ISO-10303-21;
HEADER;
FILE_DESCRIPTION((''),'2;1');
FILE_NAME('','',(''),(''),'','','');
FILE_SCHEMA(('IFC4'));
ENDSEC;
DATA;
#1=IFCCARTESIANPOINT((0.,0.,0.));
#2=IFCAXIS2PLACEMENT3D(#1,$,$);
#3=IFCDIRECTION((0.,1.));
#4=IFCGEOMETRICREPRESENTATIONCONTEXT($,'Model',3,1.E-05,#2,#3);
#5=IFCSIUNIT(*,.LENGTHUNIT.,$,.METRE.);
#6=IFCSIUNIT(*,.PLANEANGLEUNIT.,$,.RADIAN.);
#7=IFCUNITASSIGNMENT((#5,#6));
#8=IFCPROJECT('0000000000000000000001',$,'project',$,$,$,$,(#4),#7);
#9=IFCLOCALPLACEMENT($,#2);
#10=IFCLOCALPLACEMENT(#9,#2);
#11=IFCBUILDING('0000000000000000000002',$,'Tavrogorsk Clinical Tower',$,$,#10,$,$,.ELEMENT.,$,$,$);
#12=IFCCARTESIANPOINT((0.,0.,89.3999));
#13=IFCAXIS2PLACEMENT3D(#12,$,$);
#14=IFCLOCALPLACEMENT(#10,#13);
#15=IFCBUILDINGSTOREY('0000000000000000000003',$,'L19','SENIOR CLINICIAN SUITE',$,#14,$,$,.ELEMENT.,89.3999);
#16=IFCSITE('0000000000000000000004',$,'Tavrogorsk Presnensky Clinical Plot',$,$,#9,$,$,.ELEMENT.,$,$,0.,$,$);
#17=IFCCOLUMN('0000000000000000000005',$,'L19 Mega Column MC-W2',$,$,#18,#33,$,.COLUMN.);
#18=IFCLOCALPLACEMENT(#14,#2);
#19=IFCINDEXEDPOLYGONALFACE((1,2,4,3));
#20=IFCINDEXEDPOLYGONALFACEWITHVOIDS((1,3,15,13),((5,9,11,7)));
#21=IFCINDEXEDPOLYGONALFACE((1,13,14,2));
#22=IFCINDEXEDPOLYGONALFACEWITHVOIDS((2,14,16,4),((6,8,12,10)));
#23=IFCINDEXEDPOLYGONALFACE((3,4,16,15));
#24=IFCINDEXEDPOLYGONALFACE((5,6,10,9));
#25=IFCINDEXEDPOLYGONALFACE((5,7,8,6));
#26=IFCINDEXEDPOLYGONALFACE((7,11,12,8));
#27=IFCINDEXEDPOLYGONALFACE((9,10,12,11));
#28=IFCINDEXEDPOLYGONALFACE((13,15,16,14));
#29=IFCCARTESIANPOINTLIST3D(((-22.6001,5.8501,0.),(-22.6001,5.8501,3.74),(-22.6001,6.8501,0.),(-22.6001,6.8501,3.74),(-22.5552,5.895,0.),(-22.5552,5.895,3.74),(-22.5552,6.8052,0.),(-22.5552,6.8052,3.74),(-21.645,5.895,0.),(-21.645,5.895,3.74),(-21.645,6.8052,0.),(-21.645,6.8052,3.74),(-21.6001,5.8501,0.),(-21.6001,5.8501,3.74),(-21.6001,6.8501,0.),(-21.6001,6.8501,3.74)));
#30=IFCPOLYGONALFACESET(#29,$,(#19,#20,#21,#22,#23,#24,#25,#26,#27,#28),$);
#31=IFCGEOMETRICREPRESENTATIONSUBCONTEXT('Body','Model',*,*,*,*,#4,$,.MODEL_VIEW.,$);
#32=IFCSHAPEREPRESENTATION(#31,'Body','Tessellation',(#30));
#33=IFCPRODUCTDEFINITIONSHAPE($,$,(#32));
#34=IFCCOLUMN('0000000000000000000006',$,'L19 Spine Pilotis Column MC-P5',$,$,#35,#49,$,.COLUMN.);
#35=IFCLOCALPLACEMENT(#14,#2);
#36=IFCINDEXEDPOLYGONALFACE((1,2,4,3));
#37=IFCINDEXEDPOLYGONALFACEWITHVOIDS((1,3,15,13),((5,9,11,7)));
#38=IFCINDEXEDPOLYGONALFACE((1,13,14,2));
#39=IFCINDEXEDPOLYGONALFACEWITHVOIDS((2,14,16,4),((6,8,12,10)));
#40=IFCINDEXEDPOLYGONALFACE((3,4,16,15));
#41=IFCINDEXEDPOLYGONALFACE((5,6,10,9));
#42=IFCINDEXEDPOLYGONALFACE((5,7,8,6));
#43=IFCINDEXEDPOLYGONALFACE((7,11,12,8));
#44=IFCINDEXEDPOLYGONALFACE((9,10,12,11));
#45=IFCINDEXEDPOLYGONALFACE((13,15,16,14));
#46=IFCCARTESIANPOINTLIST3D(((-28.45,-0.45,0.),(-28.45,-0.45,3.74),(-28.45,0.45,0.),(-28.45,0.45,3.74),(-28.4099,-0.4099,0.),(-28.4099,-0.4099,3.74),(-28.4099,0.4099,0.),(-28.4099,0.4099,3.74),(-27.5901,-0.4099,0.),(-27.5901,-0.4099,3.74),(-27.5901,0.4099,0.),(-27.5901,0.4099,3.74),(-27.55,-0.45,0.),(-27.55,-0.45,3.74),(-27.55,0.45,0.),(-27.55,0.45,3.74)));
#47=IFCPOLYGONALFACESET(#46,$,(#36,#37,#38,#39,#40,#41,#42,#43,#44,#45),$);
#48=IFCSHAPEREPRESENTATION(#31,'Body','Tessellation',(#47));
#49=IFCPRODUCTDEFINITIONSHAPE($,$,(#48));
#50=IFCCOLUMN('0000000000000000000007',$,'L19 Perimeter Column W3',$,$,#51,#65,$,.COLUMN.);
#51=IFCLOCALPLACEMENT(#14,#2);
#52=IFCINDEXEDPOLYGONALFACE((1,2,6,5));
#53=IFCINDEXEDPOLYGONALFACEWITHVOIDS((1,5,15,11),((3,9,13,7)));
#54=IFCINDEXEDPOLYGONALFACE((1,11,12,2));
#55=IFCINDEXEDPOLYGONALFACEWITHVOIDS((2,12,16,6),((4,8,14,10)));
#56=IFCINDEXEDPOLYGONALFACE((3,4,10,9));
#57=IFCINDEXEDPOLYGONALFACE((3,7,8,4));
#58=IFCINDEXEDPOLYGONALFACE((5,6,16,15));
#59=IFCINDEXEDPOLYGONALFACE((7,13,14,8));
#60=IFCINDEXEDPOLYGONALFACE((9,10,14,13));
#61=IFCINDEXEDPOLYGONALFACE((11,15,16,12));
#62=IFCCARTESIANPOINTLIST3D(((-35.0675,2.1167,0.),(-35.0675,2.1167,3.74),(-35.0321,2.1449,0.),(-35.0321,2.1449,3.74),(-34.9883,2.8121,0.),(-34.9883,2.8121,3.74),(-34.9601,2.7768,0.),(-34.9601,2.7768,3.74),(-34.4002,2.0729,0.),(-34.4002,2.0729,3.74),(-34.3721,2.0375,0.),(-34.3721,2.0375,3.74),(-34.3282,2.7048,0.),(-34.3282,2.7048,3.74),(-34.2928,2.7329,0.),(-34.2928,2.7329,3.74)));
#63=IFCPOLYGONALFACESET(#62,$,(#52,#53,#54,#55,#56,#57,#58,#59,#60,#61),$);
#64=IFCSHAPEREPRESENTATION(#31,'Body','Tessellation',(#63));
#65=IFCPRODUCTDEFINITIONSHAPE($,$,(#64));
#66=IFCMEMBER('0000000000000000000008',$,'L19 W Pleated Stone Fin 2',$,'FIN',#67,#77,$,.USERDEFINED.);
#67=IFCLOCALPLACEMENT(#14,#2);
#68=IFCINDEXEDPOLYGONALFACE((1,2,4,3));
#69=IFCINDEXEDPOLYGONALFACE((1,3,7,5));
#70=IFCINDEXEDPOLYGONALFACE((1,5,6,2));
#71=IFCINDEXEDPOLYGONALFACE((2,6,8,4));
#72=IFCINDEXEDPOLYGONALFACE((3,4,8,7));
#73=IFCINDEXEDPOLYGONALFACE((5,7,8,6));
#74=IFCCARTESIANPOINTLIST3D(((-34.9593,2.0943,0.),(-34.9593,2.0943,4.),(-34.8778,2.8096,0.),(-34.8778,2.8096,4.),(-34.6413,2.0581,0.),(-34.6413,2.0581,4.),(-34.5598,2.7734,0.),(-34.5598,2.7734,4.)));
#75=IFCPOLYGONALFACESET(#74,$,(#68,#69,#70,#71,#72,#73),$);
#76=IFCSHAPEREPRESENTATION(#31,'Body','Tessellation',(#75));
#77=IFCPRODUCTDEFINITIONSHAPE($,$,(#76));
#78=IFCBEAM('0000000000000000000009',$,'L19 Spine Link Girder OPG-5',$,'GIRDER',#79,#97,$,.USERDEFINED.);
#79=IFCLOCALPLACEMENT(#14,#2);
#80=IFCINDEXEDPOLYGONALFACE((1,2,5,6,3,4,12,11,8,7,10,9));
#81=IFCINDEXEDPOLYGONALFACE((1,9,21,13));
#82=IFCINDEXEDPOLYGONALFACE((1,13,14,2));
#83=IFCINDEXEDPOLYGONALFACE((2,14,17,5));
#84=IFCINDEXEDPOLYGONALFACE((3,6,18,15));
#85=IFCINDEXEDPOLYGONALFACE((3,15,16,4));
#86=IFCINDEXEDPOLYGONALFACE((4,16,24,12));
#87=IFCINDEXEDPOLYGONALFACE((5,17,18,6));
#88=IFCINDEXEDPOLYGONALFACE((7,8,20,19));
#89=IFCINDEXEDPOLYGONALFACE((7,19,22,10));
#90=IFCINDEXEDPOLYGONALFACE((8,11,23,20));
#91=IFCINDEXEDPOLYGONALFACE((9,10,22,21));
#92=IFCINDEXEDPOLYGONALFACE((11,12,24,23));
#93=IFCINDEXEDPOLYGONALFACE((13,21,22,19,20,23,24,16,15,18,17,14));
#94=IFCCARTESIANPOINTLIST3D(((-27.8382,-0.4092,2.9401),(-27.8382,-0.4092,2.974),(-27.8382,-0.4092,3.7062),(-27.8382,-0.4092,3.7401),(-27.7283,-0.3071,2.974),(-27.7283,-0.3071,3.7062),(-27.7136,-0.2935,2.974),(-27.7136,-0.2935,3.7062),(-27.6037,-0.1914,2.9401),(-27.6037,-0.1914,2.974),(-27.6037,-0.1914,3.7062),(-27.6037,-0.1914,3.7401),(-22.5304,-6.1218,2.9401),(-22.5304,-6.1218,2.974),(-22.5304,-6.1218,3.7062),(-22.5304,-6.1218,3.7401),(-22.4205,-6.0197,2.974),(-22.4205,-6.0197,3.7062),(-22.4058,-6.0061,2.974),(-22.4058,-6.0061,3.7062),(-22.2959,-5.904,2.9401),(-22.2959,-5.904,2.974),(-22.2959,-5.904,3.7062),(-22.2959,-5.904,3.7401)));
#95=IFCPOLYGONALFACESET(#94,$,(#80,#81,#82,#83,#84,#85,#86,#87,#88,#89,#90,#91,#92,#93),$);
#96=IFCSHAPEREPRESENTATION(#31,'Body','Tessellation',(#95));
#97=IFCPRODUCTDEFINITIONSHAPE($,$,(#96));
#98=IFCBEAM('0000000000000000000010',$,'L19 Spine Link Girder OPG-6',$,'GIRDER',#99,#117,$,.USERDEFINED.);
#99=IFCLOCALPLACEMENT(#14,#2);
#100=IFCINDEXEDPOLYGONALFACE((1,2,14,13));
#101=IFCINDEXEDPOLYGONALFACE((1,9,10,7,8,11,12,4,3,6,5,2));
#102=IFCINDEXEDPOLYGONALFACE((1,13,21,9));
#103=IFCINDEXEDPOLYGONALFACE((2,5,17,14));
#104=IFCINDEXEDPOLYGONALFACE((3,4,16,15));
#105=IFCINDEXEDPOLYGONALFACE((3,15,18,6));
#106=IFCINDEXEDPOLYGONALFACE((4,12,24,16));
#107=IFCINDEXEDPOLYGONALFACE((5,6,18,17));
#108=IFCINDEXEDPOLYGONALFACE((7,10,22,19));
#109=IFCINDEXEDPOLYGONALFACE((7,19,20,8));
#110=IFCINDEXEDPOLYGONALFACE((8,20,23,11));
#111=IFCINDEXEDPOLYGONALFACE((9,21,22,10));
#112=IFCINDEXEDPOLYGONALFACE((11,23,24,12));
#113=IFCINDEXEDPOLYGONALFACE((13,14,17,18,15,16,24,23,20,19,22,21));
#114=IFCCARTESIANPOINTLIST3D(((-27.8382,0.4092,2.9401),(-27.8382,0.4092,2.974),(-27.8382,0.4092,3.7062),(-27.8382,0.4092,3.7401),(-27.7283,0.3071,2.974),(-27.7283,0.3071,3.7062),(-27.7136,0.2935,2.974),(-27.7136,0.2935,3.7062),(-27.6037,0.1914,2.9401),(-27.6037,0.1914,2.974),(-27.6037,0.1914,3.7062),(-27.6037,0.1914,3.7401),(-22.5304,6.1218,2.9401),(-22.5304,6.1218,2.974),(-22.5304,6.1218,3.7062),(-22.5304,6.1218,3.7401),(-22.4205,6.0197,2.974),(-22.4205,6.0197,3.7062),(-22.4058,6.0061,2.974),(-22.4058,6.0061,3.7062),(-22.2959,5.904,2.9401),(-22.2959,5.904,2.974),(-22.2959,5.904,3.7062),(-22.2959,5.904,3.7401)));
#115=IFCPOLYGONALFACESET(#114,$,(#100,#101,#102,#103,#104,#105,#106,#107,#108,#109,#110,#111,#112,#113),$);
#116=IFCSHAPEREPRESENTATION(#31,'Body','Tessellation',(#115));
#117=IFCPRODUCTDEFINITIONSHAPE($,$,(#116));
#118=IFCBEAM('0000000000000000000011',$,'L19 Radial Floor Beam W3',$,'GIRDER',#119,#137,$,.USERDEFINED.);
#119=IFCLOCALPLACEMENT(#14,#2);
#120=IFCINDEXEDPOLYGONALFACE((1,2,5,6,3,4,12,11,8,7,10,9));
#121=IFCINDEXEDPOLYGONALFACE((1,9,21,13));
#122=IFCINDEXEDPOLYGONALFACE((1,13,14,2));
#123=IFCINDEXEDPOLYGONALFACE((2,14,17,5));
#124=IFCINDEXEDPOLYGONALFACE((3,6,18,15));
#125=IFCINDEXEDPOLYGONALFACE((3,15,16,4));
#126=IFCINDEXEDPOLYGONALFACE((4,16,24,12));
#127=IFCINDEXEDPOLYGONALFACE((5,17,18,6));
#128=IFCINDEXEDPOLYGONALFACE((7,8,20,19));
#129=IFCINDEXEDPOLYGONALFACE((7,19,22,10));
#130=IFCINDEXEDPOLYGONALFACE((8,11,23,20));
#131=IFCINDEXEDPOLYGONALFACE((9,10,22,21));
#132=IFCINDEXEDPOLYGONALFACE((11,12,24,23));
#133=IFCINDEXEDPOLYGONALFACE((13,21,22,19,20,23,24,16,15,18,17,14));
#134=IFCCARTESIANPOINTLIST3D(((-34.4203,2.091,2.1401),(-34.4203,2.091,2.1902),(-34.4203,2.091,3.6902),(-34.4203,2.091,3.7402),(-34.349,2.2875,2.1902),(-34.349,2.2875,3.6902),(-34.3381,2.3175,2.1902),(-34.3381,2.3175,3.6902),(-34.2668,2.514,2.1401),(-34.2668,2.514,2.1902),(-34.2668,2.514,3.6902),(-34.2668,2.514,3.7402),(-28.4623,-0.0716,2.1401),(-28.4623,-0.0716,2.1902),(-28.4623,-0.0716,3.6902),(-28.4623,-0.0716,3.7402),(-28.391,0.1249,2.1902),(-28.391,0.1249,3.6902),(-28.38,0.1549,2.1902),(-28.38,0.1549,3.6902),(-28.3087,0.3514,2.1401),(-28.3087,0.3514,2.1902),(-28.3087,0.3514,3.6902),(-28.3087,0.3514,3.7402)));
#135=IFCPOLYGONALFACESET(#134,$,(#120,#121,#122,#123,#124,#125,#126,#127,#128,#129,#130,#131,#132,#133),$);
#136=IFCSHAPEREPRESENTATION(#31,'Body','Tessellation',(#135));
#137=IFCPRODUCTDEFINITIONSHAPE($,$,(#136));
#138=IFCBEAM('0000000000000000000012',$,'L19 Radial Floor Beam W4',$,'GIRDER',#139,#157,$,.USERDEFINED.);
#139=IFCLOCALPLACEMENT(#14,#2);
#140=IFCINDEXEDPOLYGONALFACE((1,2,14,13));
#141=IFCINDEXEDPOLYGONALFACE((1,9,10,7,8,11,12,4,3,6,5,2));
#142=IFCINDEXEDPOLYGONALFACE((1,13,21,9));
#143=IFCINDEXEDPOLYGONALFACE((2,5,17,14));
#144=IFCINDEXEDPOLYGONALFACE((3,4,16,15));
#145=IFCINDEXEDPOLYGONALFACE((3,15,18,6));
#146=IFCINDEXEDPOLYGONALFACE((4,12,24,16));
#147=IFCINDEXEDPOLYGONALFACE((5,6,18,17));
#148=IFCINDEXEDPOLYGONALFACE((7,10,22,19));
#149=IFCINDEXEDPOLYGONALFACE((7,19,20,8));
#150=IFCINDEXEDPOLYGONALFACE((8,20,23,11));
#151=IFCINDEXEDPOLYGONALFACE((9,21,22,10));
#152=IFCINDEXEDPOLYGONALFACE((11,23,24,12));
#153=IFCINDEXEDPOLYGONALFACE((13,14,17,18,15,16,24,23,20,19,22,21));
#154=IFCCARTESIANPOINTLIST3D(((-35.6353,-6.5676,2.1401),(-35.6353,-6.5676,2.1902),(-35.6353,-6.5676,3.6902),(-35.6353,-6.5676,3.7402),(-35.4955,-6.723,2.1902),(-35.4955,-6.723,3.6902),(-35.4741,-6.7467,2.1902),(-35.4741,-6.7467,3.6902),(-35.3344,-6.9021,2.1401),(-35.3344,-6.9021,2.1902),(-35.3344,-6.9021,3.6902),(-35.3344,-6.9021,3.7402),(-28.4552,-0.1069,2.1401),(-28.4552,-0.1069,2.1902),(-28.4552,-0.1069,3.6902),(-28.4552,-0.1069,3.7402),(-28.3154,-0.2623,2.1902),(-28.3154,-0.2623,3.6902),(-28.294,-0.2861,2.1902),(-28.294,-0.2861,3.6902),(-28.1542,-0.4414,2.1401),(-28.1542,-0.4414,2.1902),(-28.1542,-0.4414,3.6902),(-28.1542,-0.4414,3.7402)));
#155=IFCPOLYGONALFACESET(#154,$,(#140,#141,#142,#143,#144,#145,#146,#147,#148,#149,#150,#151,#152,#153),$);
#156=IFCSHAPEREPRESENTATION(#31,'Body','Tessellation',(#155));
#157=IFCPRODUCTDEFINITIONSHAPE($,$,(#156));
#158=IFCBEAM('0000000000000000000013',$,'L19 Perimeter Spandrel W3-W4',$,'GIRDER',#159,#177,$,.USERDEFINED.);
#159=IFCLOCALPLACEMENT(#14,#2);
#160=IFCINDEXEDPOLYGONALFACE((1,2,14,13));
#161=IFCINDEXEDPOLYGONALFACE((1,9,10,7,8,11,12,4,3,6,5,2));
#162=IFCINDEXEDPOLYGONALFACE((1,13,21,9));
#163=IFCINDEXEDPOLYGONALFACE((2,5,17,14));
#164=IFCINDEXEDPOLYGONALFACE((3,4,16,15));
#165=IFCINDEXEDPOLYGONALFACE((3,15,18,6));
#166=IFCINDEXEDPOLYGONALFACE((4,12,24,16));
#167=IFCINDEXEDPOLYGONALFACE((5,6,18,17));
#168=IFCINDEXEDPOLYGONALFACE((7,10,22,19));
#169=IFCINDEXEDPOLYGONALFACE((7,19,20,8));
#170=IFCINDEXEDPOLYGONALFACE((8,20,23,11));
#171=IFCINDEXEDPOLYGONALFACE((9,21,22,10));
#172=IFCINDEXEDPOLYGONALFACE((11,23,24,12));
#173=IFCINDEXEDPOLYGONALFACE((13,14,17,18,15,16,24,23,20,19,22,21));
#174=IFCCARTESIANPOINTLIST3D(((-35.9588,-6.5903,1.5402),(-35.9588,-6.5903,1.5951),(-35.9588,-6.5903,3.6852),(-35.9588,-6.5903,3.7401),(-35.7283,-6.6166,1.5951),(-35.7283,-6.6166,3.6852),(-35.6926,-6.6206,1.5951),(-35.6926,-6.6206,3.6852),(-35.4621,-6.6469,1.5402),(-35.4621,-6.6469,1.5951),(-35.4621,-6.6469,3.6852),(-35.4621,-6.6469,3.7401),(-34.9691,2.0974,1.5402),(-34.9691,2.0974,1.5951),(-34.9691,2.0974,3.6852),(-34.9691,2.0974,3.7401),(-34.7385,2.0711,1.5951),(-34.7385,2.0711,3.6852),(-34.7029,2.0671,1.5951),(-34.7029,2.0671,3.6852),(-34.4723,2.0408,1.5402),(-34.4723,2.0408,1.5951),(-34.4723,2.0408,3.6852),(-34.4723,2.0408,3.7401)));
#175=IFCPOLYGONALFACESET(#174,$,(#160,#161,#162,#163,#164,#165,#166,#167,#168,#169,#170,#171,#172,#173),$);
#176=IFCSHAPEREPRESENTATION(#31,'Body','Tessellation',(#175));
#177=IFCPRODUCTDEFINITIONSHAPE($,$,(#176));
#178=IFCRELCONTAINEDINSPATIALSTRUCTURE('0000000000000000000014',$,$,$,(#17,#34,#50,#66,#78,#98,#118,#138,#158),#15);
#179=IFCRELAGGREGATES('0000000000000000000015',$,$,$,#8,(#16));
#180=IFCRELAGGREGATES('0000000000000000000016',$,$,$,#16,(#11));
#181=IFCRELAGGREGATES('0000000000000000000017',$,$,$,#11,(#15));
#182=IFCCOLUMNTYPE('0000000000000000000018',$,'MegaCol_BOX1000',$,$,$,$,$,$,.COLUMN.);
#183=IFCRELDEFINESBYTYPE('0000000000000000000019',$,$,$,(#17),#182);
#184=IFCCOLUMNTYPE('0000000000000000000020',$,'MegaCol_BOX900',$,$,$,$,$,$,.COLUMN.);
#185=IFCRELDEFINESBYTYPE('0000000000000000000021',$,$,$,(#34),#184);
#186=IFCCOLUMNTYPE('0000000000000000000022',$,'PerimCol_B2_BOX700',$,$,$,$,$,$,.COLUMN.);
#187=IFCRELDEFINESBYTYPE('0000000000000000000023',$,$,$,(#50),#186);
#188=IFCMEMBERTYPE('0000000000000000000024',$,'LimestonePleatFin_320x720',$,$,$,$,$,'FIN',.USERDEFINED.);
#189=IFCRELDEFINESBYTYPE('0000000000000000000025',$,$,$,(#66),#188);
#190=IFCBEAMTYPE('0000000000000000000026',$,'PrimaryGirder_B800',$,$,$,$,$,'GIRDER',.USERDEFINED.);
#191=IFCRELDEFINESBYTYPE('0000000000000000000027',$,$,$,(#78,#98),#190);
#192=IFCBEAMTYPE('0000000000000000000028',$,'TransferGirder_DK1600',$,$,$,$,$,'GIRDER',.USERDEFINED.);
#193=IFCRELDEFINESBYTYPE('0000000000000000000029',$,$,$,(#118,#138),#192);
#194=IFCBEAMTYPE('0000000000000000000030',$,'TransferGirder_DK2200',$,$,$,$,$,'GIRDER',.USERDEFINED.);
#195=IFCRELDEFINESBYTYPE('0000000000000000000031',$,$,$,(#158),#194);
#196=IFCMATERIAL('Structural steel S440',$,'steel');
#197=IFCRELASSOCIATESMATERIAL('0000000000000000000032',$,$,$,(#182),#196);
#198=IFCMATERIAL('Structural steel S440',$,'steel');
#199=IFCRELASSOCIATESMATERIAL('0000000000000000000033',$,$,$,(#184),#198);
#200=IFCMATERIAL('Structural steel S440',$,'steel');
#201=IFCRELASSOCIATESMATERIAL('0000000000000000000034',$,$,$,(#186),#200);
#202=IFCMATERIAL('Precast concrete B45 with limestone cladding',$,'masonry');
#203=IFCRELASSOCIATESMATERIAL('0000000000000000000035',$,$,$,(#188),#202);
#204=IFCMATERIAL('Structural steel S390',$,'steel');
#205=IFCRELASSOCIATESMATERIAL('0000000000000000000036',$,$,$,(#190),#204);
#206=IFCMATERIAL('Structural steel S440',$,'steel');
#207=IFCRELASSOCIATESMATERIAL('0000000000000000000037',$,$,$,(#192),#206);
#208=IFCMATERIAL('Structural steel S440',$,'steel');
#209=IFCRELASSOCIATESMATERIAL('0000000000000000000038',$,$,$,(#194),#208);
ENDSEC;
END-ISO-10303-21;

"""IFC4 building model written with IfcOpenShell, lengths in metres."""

from ifc_helpers import new_model, si_unit, direction, frame, origin, origin_2d, place, context, subcontext, project, spatial, rectangle, hollow_rectangle, i_section, extrude, material, material_profile, profile_set, type_object, element, save


model = new_model("IFC4")

# Units and contexts
model_context = context("Model", 3, precision=1e-05, world=origin(), true_north=direction((0.0, 1.0)))
body_context = subcontext(model_context, "Body", "Model", "MODEL_VIEW")
ifc_project = project(units=[si_unit("LENGTHUNIT", "METRE"), si_unit("PLANEANGLEUNIT", "RADIAN")], contexts=[model_context])

# Site, building, storey
site_placement = place(None, origin())
site = spatial("IfcSite", under=ifc_project, at=site_placement, Name="Tavrogorsk Presnensky Clinical Plot", CompositionType="ELEMENT", RefElevation=0.0)
building_placement = place(site_placement, origin())
building = spatial("IfcBuilding", under=site, at=building_placement, Name="Tavrogorsk Clinical Tower", CompositionType="ELEMENT")
storey_placement = place(building_placement, frame((0.0, 0.0, 89.3999)))
storey = spatial("IfcBuildingStorey", under=building, at=storey_placement, Name="L19", Description="SENIOR CLINICIAN SUITE", CompositionType="ELEMENT", Elevation=89.3999)

# Columns
ifc_material_1 = material(Name="Structural steel S440", Category="steel")
ifc_material_profile_1 = material_profile(ifc_material_1, hollow_rectangle(XDim=1.0, YDim=1.0, WallThickness=0.0449, at=origin_2d()), Name="BOX-1000x1000x45")
ifc_profile_set_1 = profile_set([ifc_material_profile_1], Name="Structural steel S440")
column_type_1 = type_object("IfcColumnType", Name="MegaCol_BOX1000", PredefinedType="COLUMN", material=ifc_profile_set_1)
column_1_placement = place(storey_placement, frame((-22.1001, 6.3501, 0.0), z_axis=(0.0, 0.0, 1.0), x_axis=(1.0, 0.0, 0.0)))
element("IfcColumn", 1, at=column_1_placement, inside=storey, type_object=column_type_1, Name="L19 Mega Column MC-W2", PredefinedType="COLUMN", context=body_context, shape_type="SweptSolid", body=[
    extrude(hollow_rectangle(XDim=1.0, YDim=1.0, WallThickness=0.0449, at=origin_2d()), origin(), (0.0, 0.0, 1.0), 3.74),
])
ifc_material_2 = material(Name="Structural steel S440", Category="steel")
ifc_material_profile_2 = material_profile(ifc_material_2, hollow_rectangle(XDim=0.8999, YDim=0.8999, WallThickness=0.04, at=origin_2d()), Name="BOX-900x900x40")
ifc_profile_set_2 = profile_set([ifc_material_profile_2], Name="Structural steel S440")
column_type_2 = type_object("IfcColumnType", Name="MegaCol_BOX900", PredefinedType="COLUMN", material=ifc_profile_set_2)
column_2_placement = place(storey_placement, frame((-28.0, 0.0, 0.0), z_axis=(0.0, 0.0, 1.0), x_axis=(1.0, 0.0, 0.0)))
element("IfcColumn", 2, at=column_2_placement, inside=storey, type_object=column_type_2, Name="L19 Spine Pilotis Column MC-P5", PredefinedType="COLUMN", context=body_context, shape_type="SweptSolid", body=[
    extrude(hollow_rectangle(XDim=0.8999, YDim=0.8999, WallThickness=0.04, at=origin_2d()), origin(), (0.0, 0.0, 1.0), 3.74),
])
ifc_material_3 = material(Name="Structural steel S440", Category="steel")
ifc_material_profile_3 = material_profile(ifc_material_3, hollow_rectangle(XDim=0.7, YDim=0.7, WallThickness=0.032, at=origin_2d()), Name="BOX-700x700x32")
ifc_profile_set_3 = profile_set([ifc_material_profile_3], Name="Structural steel S440")
column_type_3 = type_object("IfcColumnType", Name="PerimCol_B2_BOX700", PredefinedType="COLUMN", material=ifc_profile_set_3)
column_3_placement = place(storey_placement, frame((-34.6802, 2.4248, 0.0), z_axis=(0.0, 0.0, 1.0), x_axis=(0.993572, -0.113203, 0.0)))
element("IfcColumn", 3, at=column_3_placement, inside=storey, type_object=column_type_3, Name="L19 Perimeter Column W3", PredefinedType="COLUMN", context=body_context, shape_type="SweptSolid", body=[
    extrude(hollow_rectangle(XDim=0.7, YDim=0.7, WallThickness=0.032, at=origin_2d()), origin(), (0.0, 0.0, 1.0), 3.74),
])

# Member
ifc_material_4 = material(Name="Precast concrete B45 with limestone cladding", Category="masonry")
ifc_material_profile_4 = material_profile(ifc_material_4, rectangle(XDim=0.3201, YDim=0.72, at=origin_2d()), Name="LIMESTONE-FIN-320x720")
ifc_profile_set_4 = profile_set([ifc_material_profile_4], Name="Precast concrete B45 with limestone cladding")
member_type = type_object("IfcMemberType", Name="LimestonePleatFin_320x720", ElementType="FIN", PredefinedType="USERDEFINED", material=ifc_profile_set_4)
member_placement = place(storey_placement, frame((-34.7595, 2.4338, 0.0), z_axis=(0.0, 0.0, 1.0), x_axis=(0.993572, -0.113203, 0.0)))
element("IfcMember", 4, at=member_placement, inside=storey, type_object=member_type, Name="L19 W Pleated Stone Fin 2", ObjectType="FIN", PredefinedType="USERDEFINED", context=body_context, shape_type="SweptSolid", body=[
    extrude(rectangle(XDim=0.3201, YDim=0.72, at=origin_2d()), origin(), (0.0, 0.0, 1.0), 4.0),
])

# Beams
ifc_material_5 = material(Name="Structural steel S390", Category="steel")
ifc_material_profile_5 = material_profile(ifc_material_5, i_section(OverallWidth=0.3201, OverallDepth=0.8, WebThickness=0.02, FlangeThickness=0.0339, at=origin_2d()), Name="B-800x320x20x34")
ifc_profile_set_5 = profile_set([ifc_material_profile_5], Name="Structural steel S390")
beam_type_1 = type_object("IfcBeamType", Name="PrimaryGirder_B800", ElementType="GIRDER", PredefinedType="USERDEFINED", material=ifc_profile_set_5)
for number, where, z_axis, x_axis, name in (
    (5, (-27.7209, -0.3003, 3.3401), (0.680676, -0.732585, 0.0), (0.732585, 0.680676, 0.0), "L19 Spine Link Girder OPG-5"),
    (6, (-27.7209, 0.3003, 3.3401), (0.680676, 0.732585, 0.0), (-0.732585, 0.680676, 0.0), "L19 Spine Link Girder OPG-6"),
):
    element("IfcBeam", number, at=place(storey_placement, frame(where, z_axis=z_axis, x_axis=x_axis)), inside=storey, type_object=beam_type_1, Name=name, ObjectType="GIRDER", PredefinedType="USERDEFINED", context=body_context, shape_type="SweptSolid", body=[
        extrude(i_section(OverallWidth=0.3201, OverallDepth=0.8, WebThickness=0.02, FlangeThickness=0.0339, at=origin_2d()), origin(), (0.0, 0.0, 1.0), 7.7979),
    ])
ifc_material_6 = material(Name="Structural steel S440", Category="steel")
ifc_material_profile_6 = material_profile(ifc_material_6, i_section(OverallWidth=0.45, OverallDepth=1.6001, WebThickness=0.032, FlangeThickness=0.05, at=origin_2d()), Name="DK-1600x450x32x50")
ifc_profile_set_6 = profile_set([ifc_material_profile_6], Name="Structural steel S440")
beam_type_2 = type_object("IfcBeamType", Name="TransferGirder_DK1600", ElementType="GIRDER", PredefinedType="USERDEFINED", material=ifc_profile_set_6)
beam_1_placement = place(storey_placement, frame((-28.3855, 0.1399, 2.9402), z_axis=(-0.939993, 0.341193, 0.0), x_axis=(-0.341193, -0.939993, 0.0)))
element("IfcBeam", 7, at=beam_1_placement, inside=storey, type_object=beam_type_2, Name="L19 Radial Floor Beam W3", ObjectType="GIRDER", PredefinedType="USERDEFINED", context=body_context, shape_type="SweptSolid", body=[
    extrude(i_section(OverallWidth=0.45, OverallDepth=1.6001, WebThickness=0.032, FlangeThickness=0.05, at=origin_2d()), origin(), (0.0, 0.0, 1.0), 6.3384),
])
beam_2_placement = place(storey_placement, frame((-28.3047, -0.2742, 2.9402), z_axis=(-0.74337, -0.668881, 0.0), x_axis=(0.668881, -0.74337, 0.0)))
element("IfcBeam", 8, at=beam_2_placement, inside=storey, type_object=beam_type_2, Name="L19 Radial Floor Beam W4", ObjectType="GIRDER", PredefinedType="USERDEFINED", context=body_context, shape_type="SweptSolid", body=[
    extrude(i_section(OverallWidth=0.45, OverallDepth=1.6001, WebThickness=0.032, FlangeThickness=0.05, at=origin_2d()), origin(), (0.0, 0.0, 1.0), 9.6589),
])
ifc_material_7 = material(Name="Structural steel S440", Category="steel")
ifc_material_profile_7 = material_profile(ifc_material_7, i_section(OverallWidth=0.5, OverallDepth=2.2, WebThickness=0.0359, FlangeThickness=0.0549, at=origin_2d()), Name="DK-2200x500x36x55")
ifc_profile_set_7 = profile_set([ifc_material_profile_7], Name="Structural steel S440")
beam_type_3 = type_object("IfcBeamType", Name="TransferGirder_DK2200", ElementType="GIRDER", PredefinedType="USERDEFINED", material=ifc_profile_set_7)
beam_3_placement = place(storey_placement, frame((-34.7207, 2.0691, 2.6401), z_axis=(-0.113192, -0.993573, 0.0), x_axis=(0.993573, -0.113192, 0.0)))
element("IfcBeam", 9, at=beam_3_placement, inside=storey, type_object=beam_type_3, Name="L19 Perimeter Spandrel W3-W4", ObjectType="GIRDER", PredefinedType="USERDEFINED", context=body_context, shape_type="SweptSolid", body=[
    extrude(i_section(OverallWidth=0.5, OverallDepth=2.2, WebThickness=0.0359, FlangeThickness=0.0549, at=origin_2d()), origin(), (0.0, 0.0, 1.0), 8.7439),
])

save(model, "model.ifc")
